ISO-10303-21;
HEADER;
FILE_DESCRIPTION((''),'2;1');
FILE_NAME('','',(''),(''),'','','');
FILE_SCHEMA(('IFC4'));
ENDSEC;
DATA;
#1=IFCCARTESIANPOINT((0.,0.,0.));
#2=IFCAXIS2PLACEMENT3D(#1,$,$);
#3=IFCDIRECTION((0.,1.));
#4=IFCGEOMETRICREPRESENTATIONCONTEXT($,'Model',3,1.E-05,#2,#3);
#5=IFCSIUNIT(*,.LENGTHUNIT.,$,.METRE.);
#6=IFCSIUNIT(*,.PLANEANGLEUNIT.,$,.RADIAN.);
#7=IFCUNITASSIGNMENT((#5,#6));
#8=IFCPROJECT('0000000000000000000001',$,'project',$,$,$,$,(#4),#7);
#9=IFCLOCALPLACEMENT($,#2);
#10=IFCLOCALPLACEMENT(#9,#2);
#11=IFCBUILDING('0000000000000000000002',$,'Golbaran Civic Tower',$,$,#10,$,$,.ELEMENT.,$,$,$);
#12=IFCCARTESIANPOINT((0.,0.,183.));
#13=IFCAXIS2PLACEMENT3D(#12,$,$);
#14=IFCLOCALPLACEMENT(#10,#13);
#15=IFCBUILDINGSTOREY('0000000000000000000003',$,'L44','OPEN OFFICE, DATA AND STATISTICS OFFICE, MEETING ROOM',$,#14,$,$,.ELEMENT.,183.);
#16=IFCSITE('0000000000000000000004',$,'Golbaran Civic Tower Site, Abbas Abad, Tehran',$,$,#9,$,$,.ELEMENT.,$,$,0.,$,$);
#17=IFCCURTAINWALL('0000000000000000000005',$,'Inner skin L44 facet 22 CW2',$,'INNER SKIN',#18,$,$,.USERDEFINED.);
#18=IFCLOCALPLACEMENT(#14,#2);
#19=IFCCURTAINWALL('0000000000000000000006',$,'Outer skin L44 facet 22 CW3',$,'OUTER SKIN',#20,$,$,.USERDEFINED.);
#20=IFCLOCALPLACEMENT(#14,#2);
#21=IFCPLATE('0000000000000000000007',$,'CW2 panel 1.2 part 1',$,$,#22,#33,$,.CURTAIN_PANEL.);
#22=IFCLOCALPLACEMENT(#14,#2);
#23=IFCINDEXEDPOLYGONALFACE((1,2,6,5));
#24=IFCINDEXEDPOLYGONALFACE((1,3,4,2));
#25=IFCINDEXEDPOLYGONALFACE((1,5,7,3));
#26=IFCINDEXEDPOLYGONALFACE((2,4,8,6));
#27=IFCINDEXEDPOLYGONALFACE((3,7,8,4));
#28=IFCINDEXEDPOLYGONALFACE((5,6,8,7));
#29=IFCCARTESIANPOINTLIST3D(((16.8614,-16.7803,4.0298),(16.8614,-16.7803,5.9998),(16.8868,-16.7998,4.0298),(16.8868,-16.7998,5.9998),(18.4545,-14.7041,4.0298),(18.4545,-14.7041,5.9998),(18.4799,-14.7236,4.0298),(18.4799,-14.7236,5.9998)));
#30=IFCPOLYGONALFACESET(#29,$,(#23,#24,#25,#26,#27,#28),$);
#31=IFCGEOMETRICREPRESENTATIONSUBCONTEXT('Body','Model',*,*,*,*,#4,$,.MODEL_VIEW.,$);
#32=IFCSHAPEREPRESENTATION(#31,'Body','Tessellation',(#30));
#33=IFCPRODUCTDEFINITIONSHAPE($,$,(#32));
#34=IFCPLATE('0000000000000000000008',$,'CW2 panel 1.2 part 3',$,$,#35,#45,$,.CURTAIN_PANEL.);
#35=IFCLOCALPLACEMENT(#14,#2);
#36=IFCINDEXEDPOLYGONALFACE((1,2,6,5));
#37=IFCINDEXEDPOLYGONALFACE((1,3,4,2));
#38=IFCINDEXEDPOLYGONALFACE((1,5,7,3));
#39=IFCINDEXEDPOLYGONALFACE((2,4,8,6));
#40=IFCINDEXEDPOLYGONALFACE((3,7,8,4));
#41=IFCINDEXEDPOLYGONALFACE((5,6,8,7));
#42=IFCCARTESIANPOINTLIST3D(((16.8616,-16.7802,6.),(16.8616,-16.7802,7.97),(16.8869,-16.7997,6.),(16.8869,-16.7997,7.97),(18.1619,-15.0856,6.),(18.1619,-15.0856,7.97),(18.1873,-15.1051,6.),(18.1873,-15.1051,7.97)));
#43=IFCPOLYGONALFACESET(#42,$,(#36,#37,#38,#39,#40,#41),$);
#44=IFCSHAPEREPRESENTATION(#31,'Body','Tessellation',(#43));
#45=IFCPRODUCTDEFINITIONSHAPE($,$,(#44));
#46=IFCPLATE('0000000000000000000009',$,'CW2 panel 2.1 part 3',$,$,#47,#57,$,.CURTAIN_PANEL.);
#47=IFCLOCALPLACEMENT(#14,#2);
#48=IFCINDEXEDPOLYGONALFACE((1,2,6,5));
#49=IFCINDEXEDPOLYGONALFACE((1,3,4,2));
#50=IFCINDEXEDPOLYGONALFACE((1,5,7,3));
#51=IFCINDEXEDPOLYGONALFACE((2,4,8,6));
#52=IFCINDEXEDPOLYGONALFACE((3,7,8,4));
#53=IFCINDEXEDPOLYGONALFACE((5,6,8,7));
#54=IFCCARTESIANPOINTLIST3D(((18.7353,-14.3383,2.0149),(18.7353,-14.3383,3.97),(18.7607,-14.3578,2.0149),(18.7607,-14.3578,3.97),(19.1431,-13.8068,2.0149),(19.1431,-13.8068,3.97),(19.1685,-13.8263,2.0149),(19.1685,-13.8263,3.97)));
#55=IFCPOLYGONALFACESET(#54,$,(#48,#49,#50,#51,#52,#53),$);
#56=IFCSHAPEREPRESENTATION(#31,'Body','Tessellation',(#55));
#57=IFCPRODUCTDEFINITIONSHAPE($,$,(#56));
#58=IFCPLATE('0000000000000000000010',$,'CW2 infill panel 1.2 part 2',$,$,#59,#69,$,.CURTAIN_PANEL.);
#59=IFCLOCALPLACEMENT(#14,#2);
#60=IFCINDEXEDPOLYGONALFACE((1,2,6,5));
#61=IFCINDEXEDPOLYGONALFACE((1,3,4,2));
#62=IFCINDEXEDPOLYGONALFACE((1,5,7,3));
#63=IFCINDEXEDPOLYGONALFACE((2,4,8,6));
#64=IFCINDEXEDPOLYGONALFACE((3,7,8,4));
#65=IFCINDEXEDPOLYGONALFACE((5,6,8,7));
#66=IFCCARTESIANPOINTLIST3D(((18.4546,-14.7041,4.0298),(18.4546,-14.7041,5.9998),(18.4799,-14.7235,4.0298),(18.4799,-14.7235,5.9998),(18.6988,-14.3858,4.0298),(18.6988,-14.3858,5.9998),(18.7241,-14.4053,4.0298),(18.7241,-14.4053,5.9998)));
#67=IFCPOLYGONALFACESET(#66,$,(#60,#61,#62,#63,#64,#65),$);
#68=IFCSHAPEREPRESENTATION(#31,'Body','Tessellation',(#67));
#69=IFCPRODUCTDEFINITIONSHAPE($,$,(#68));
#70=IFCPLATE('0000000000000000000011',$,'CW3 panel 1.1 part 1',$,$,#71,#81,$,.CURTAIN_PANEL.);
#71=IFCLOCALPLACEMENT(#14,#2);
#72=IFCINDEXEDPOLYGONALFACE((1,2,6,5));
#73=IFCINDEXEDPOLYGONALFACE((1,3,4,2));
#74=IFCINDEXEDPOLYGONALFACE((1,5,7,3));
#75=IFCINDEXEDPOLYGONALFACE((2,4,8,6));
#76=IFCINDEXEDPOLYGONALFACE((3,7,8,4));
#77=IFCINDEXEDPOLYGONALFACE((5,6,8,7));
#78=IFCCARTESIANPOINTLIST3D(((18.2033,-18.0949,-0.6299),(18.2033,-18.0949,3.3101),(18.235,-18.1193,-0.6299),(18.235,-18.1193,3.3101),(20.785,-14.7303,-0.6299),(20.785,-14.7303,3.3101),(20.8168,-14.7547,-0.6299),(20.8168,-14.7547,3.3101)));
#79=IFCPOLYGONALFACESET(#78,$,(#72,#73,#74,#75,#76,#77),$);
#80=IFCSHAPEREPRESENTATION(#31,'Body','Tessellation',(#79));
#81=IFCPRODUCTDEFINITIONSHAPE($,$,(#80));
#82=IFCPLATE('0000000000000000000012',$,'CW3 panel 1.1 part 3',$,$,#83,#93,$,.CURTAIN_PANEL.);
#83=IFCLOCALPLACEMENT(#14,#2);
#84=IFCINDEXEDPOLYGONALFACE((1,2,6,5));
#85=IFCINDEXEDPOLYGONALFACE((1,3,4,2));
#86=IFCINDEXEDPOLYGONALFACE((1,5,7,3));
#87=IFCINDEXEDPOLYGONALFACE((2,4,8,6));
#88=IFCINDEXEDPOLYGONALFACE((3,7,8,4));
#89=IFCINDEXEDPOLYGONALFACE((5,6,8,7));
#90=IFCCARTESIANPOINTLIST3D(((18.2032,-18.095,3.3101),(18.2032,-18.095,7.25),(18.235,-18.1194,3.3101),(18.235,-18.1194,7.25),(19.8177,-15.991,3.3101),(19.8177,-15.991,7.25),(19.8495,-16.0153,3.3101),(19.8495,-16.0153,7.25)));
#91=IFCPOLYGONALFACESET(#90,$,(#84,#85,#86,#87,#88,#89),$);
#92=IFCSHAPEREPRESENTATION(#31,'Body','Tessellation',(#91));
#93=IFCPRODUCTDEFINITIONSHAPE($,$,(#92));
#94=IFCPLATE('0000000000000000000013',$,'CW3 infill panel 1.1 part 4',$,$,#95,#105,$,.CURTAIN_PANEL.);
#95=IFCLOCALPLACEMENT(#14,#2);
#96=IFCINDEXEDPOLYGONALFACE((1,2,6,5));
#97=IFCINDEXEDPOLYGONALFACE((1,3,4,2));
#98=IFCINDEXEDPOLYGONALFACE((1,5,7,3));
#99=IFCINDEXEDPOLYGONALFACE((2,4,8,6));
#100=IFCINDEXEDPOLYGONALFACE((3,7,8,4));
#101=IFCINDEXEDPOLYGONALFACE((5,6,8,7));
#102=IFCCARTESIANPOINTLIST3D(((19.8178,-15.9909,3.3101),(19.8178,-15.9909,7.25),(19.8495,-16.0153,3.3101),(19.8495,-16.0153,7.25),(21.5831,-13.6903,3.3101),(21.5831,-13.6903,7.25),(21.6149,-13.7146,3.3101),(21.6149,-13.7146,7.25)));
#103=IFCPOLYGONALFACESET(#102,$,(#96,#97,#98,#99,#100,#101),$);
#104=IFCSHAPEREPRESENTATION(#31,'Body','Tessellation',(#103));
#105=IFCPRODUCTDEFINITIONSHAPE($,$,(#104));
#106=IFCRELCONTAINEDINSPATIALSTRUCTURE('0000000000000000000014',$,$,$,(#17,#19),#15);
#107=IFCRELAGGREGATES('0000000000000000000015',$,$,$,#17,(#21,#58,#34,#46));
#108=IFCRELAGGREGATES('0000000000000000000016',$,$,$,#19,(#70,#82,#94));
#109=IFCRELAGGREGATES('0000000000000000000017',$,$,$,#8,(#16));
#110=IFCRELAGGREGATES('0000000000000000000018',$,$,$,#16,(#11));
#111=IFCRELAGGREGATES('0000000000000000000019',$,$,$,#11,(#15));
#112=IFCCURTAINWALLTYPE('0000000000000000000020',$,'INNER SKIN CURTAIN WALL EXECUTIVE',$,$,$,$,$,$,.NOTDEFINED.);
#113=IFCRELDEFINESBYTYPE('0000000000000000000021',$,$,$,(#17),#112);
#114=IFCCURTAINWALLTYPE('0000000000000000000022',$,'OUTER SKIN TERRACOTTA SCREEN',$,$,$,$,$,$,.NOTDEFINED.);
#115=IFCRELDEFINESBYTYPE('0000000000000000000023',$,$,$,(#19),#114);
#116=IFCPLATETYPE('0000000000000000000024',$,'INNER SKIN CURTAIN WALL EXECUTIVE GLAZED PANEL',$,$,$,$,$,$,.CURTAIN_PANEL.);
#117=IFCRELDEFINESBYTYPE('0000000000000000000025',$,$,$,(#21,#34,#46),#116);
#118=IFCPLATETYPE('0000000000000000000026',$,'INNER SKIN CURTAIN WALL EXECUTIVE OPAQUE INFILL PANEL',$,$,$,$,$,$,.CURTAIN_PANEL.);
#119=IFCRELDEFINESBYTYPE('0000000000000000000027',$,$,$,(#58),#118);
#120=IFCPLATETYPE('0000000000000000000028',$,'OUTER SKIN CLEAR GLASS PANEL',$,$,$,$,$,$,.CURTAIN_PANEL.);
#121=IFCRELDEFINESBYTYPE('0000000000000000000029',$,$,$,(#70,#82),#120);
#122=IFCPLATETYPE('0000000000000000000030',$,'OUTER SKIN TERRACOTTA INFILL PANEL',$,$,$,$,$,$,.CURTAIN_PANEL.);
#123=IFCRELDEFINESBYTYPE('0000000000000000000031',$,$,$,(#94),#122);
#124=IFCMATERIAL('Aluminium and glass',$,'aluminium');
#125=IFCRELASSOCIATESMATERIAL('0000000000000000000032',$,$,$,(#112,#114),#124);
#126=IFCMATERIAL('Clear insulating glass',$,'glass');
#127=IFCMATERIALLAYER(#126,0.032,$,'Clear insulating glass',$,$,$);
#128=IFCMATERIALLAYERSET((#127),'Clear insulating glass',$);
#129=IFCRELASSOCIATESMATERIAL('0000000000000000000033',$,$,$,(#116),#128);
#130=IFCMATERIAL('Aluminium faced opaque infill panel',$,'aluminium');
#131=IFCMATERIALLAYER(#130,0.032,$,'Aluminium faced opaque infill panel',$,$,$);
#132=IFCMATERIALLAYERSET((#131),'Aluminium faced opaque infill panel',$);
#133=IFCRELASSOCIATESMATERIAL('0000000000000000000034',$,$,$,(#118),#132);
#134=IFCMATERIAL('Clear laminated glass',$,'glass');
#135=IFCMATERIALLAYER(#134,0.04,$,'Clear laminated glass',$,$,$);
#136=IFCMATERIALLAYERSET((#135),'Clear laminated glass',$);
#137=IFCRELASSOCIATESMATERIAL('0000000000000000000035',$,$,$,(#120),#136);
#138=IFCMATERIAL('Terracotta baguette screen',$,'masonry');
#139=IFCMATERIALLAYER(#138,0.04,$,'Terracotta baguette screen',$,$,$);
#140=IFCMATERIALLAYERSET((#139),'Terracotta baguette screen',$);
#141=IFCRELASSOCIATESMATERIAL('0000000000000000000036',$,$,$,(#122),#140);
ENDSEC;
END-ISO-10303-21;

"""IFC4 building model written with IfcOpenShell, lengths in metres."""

from ifc_helpers import new_model, si_unit, direction, frame, origin, origin_2d, place, context, subcontext, project, spatial, rectangle, extrude, material, layer, layer_set, type_object, element, aggregate, save


model = new_model("IFC4")

# Units and contexts
model_context = context("Model", 3, precision=1e-05, world=origin(), true_north=direction((0.0, 1.0)))
body_context = subcontext(model_context, "Body", "Model", "MODEL_VIEW")
ifc_project = project(units=[si_unit("LENGTHUNIT", "METRE"), si_unit("PLANEANGLEUNIT", "RADIAN")], contexts=[model_context])

# Site, building, storey
site_placement = place(None, origin())
site = spatial("IfcSite", under=ifc_project, at=site_placement, Name="Golbaran Civic Tower Site, Abbas Abad, Tehran", CompositionType="ELEMENT", RefElevation=0.0)
building_placement = place(site_placement, origin())
building = spatial("IfcBuilding", under=site, at=building_placement, Name="Golbaran Civic Tower", CompositionType="ELEMENT")
storey_placement = place(building_placement, frame((0.0, 0.0, 183.0)))
storey = spatial("IfcBuildingStorey", under=building, at=storey_placement, Name="L44", Description="OPEN OFFICE, DATA AND STATISTICS OFFICE, MEETING ROOM", CompositionType="ELEMENT", Elevation=183.0)

# Shared definitions
ifc_material_1 = material(Name="Aluminium and glass", Category="aluminium")
curtain_wall_type_1 = type_object("IfcCurtainWallType", Name="INNER SKIN CURTAIN WALL EXECUTIVE", PredefinedType="NOTDEFINED", material=ifc_material_1)

# Curtain wall
curtain_wall_1_placement = place(storey_placement, origin())
curtain_wall_1 = element("IfcCurtainWall", 1, at=curtain_wall_1_placement, inside=storey, type_object=curtain_wall_type_1, Name="Inner skin L44 facet 22 CW2", ObjectType="INNER SKIN", PredefinedType="USERDEFINED")

# Shared definitions
curtain_wall_type_2 = type_object("IfcCurtainWallType", Name="OUTER SKIN TERRACOTTA SCREEN", PredefinedType="NOTDEFINED", material=ifc_material_1)

# Curtain wall
curtain_wall_2_placement = place(storey_placement, origin())
curtain_wall_2 = element("IfcCurtainWall", 2, at=curtain_wall_2_placement, inside=storey, type_object=curtain_wall_type_2, Name="Outer skin L44 facet 22 CW3", ObjectType="OUTER SKIN", PredefinedType="USERDEFINED")

# Plates
ifc_material_2 = material(Name="Clear insulating glass", Category="glass")
ifc_layer_1 = layer(ifc_material_2, 0.032, Name="Clear insulating glass")
ifc_layer_set_1 = layer_set([ifc_layer_1], Name="Clear insulating glass")
plate_type_1 = type_object("IfcPlateType", Name="INNER SKIN CURTAIN WALL EXECUTIVE GLAZED PANEL", PredefinedType="CURTAIN_PANEL", material=ifc_layer_set_1)
plate_1_placement = place(storey_placement, frame((17.6707, -15.752, 4.0298), z_axis=(0.0, 0.0, 1.0), x_axis=(0.608761, 0.793353, 0.0)))
plate_1 = element("IfcPlate", 3, at=plate_1_placement, type_object=plate_type_1, Name="CW2 panel 1.2 part 1", PredefinedType="CURTAIN_PANEL", context=body_context, shape_type="SweptSolid", body=[
    extrude(rectangle(XDim=2.6169, YDim=0.032, at=origin_2d()), origin(), (0.0, 0.0, 1.0), 1.97),
])
plate_2_placement = place(storey_placement, frame((17.5244, -15.9426, 6.0), z_axis=(0.0, 0.0, 1.0), x_axis=(0.608761, 0.793353, 0.0)))
plate_2 = element("IfcPlate", 4, at=plate_2_placement, type_object=plate_type_1, Name="CW2 panel 1.2 part 3", PredefinedType="CURTAIN_PANEL", context=body_context, shape_type="SweptSolid", body=[
    extrude(rectangle(XDim=2.136, YDim=0.032, at=origin_2d()), origin(), (0.0, 0.0, 1.0), 1.97),
])
plate_3_placement = place(storey_placement, frame((18.9519, -14.0823, 2.0149), z_axis=(0.0, 0.0, 1.0), x_axis=(0.608761, 0.793353, 0.0)))
plate_3 = element("IfcPlate", 5, at=plate_3_placement, type_object=plate_type_1, Name="CW2 panel 2.1 part 3", PredefinedType="CURTAIN_PANEL", context=body_context, shape_type="SweptSolid", body=[
    extrude(rectangle(XDim=0.6699, YDim=0.032, at=origin_2d()), origin(), (0.0, 0.0, 1.0), 1.9551),
])
ifc_material_3 = material(Name="Aluminium faced opaque infill panel", Category="aluminium")
ifc_layer_2 = layer(ifc_material_3, 0.032, Name="Aluminium faced opaque infill panel")
ifc_layer_set_2 = layer_set([ifc_layer_2], Name="Aluminium faced opaque infill panel")
plate_type_2 = type_object("IfcPlateType", Name="INNER SKIN CURTAIN WALL EXECUTIVE OPAQUE INFILL PANEL", PredefinedType="CURTAIN_PANEL", material=ifc_layer_set_2)
plate_4_placement = place(storey_placement, frame((18.5894, -14.5547, 4.0298), z_axis=(0.0, 0.0, 1.0), x_axis=(0.608761, 0.793353, 0.0)))
plate_4 = element("IfcPlate", 6, at=plate_4_placement, type_object=plate_type_2, Name="CW2 infill panel 1.2 part 2", PredefinedType="CURTAIN_PANEL", context=body_context, shape_type="SweptSolid", body=[
    extrude(rectangle(XDim=0.4011, YDim=0.032, at=origin_2d()), origin(), (0.0, 0.0, 1.0), 1.97),
])
aggregate(curtain_wall_1, [plate_1, plate_4, plate_2, plate_3])
ifc_material_4 = material(Name="Clear laminated glass", Category="glass")
ifc_layer_3 = layer(ifc_material_4, 0.04, Name="Clear laminated glass")
ifc_layer_set_3 = layer_set([ifc_layer_3], Name="Clear laminated glass")
plate_type_3 = type_object("IfcPlateType", Name="OUTER SKIN CLEAR GLASS PANEL", PredefinedType="CURTAIN_PANEL", material=ifc_layer_set_3)
plate_5_placement = place(storey_placement, frame((19.51, -16.4248, -0.6299), z_axis=(0.0, 0.0, 1.0), x_axis=(0.608761, 0.793353, 0.0)))
plate_5 = element("IfcPlate", 7, at=plate_5_placement, type_object=plate_type_3, Name="CW3 panel 1.1 part 1", PredefinedType="CURTAIN_PANEL", context=body_context, shape_type="SweptSolid", body=[
    extrude(rectangle(XDim=4.241, YDim=0.04, at=origin_2d()), origin(), (0.0, 0.0, 1.0), 3.9399),
])
plate_6_placement = place(storey_placement, frame((19.0264, -17.0552, 3.3101), z_axis=(0.0, 0.0, 1.0), x_axis=(0.608761, 0.793353, 0.0)))
plate_6 = element("IfcPlate", 8, at=plate_6_placement, type_object=plate_type_3, Name="CW3 panel 1.1 part 3", PredefinedType="CURTAIN_PANEL", context=body_context, shape_type="SweptSolid", body=[
    extrude(rectangle(XDim=2.6521, YDim=0.04, at=origin_2d()), origin(), (0.0, 0.0, 1.0), 3.9399),
])
ifc_material_5 = material(Name="Terracotta baguette screen", Category="masonry")
ifc_layer_4 = layer(ifc_material_5, 0.04, Name="Terracotta baguette screen")
ifc_layer_set_4 = layer_set([ifc_layer_4], Name="Terracotta baguette screen")
plate_type_4 = type_object("IfcPlateType", Name="OUTER SKIN TERRACOTTA INFILL PANEL", PredefinedType="CURTAIN_PANEL", material=ifc_layer_set_4)
plate_7_placement = place(storey_placement, frame((20.7163, -14.8528, 3.3101), z_axis=(0.0, 0.0, 1.0), x_axis=(0.608761, 0.793353, 0.0)))
plate_7 = element("IfcPlate", 9, at=plate_7_placement, type_object=plate_type_4, Name="CW3 infill panel 1.1 part 4", PredefinedType="CURTAIN_PANEL", context=body_context, shape_type="SweptSolid", body=[
    extrude(rectangle(XDim=2.8999, YDim=0.04, at=origin_2d()), origin(), (0.0, 0.0, 1.0), 3.9399),
])
aggregate(curtain_wall_2, [plate_5, plate_6, plate_7])

save(model, "model.ifc")
